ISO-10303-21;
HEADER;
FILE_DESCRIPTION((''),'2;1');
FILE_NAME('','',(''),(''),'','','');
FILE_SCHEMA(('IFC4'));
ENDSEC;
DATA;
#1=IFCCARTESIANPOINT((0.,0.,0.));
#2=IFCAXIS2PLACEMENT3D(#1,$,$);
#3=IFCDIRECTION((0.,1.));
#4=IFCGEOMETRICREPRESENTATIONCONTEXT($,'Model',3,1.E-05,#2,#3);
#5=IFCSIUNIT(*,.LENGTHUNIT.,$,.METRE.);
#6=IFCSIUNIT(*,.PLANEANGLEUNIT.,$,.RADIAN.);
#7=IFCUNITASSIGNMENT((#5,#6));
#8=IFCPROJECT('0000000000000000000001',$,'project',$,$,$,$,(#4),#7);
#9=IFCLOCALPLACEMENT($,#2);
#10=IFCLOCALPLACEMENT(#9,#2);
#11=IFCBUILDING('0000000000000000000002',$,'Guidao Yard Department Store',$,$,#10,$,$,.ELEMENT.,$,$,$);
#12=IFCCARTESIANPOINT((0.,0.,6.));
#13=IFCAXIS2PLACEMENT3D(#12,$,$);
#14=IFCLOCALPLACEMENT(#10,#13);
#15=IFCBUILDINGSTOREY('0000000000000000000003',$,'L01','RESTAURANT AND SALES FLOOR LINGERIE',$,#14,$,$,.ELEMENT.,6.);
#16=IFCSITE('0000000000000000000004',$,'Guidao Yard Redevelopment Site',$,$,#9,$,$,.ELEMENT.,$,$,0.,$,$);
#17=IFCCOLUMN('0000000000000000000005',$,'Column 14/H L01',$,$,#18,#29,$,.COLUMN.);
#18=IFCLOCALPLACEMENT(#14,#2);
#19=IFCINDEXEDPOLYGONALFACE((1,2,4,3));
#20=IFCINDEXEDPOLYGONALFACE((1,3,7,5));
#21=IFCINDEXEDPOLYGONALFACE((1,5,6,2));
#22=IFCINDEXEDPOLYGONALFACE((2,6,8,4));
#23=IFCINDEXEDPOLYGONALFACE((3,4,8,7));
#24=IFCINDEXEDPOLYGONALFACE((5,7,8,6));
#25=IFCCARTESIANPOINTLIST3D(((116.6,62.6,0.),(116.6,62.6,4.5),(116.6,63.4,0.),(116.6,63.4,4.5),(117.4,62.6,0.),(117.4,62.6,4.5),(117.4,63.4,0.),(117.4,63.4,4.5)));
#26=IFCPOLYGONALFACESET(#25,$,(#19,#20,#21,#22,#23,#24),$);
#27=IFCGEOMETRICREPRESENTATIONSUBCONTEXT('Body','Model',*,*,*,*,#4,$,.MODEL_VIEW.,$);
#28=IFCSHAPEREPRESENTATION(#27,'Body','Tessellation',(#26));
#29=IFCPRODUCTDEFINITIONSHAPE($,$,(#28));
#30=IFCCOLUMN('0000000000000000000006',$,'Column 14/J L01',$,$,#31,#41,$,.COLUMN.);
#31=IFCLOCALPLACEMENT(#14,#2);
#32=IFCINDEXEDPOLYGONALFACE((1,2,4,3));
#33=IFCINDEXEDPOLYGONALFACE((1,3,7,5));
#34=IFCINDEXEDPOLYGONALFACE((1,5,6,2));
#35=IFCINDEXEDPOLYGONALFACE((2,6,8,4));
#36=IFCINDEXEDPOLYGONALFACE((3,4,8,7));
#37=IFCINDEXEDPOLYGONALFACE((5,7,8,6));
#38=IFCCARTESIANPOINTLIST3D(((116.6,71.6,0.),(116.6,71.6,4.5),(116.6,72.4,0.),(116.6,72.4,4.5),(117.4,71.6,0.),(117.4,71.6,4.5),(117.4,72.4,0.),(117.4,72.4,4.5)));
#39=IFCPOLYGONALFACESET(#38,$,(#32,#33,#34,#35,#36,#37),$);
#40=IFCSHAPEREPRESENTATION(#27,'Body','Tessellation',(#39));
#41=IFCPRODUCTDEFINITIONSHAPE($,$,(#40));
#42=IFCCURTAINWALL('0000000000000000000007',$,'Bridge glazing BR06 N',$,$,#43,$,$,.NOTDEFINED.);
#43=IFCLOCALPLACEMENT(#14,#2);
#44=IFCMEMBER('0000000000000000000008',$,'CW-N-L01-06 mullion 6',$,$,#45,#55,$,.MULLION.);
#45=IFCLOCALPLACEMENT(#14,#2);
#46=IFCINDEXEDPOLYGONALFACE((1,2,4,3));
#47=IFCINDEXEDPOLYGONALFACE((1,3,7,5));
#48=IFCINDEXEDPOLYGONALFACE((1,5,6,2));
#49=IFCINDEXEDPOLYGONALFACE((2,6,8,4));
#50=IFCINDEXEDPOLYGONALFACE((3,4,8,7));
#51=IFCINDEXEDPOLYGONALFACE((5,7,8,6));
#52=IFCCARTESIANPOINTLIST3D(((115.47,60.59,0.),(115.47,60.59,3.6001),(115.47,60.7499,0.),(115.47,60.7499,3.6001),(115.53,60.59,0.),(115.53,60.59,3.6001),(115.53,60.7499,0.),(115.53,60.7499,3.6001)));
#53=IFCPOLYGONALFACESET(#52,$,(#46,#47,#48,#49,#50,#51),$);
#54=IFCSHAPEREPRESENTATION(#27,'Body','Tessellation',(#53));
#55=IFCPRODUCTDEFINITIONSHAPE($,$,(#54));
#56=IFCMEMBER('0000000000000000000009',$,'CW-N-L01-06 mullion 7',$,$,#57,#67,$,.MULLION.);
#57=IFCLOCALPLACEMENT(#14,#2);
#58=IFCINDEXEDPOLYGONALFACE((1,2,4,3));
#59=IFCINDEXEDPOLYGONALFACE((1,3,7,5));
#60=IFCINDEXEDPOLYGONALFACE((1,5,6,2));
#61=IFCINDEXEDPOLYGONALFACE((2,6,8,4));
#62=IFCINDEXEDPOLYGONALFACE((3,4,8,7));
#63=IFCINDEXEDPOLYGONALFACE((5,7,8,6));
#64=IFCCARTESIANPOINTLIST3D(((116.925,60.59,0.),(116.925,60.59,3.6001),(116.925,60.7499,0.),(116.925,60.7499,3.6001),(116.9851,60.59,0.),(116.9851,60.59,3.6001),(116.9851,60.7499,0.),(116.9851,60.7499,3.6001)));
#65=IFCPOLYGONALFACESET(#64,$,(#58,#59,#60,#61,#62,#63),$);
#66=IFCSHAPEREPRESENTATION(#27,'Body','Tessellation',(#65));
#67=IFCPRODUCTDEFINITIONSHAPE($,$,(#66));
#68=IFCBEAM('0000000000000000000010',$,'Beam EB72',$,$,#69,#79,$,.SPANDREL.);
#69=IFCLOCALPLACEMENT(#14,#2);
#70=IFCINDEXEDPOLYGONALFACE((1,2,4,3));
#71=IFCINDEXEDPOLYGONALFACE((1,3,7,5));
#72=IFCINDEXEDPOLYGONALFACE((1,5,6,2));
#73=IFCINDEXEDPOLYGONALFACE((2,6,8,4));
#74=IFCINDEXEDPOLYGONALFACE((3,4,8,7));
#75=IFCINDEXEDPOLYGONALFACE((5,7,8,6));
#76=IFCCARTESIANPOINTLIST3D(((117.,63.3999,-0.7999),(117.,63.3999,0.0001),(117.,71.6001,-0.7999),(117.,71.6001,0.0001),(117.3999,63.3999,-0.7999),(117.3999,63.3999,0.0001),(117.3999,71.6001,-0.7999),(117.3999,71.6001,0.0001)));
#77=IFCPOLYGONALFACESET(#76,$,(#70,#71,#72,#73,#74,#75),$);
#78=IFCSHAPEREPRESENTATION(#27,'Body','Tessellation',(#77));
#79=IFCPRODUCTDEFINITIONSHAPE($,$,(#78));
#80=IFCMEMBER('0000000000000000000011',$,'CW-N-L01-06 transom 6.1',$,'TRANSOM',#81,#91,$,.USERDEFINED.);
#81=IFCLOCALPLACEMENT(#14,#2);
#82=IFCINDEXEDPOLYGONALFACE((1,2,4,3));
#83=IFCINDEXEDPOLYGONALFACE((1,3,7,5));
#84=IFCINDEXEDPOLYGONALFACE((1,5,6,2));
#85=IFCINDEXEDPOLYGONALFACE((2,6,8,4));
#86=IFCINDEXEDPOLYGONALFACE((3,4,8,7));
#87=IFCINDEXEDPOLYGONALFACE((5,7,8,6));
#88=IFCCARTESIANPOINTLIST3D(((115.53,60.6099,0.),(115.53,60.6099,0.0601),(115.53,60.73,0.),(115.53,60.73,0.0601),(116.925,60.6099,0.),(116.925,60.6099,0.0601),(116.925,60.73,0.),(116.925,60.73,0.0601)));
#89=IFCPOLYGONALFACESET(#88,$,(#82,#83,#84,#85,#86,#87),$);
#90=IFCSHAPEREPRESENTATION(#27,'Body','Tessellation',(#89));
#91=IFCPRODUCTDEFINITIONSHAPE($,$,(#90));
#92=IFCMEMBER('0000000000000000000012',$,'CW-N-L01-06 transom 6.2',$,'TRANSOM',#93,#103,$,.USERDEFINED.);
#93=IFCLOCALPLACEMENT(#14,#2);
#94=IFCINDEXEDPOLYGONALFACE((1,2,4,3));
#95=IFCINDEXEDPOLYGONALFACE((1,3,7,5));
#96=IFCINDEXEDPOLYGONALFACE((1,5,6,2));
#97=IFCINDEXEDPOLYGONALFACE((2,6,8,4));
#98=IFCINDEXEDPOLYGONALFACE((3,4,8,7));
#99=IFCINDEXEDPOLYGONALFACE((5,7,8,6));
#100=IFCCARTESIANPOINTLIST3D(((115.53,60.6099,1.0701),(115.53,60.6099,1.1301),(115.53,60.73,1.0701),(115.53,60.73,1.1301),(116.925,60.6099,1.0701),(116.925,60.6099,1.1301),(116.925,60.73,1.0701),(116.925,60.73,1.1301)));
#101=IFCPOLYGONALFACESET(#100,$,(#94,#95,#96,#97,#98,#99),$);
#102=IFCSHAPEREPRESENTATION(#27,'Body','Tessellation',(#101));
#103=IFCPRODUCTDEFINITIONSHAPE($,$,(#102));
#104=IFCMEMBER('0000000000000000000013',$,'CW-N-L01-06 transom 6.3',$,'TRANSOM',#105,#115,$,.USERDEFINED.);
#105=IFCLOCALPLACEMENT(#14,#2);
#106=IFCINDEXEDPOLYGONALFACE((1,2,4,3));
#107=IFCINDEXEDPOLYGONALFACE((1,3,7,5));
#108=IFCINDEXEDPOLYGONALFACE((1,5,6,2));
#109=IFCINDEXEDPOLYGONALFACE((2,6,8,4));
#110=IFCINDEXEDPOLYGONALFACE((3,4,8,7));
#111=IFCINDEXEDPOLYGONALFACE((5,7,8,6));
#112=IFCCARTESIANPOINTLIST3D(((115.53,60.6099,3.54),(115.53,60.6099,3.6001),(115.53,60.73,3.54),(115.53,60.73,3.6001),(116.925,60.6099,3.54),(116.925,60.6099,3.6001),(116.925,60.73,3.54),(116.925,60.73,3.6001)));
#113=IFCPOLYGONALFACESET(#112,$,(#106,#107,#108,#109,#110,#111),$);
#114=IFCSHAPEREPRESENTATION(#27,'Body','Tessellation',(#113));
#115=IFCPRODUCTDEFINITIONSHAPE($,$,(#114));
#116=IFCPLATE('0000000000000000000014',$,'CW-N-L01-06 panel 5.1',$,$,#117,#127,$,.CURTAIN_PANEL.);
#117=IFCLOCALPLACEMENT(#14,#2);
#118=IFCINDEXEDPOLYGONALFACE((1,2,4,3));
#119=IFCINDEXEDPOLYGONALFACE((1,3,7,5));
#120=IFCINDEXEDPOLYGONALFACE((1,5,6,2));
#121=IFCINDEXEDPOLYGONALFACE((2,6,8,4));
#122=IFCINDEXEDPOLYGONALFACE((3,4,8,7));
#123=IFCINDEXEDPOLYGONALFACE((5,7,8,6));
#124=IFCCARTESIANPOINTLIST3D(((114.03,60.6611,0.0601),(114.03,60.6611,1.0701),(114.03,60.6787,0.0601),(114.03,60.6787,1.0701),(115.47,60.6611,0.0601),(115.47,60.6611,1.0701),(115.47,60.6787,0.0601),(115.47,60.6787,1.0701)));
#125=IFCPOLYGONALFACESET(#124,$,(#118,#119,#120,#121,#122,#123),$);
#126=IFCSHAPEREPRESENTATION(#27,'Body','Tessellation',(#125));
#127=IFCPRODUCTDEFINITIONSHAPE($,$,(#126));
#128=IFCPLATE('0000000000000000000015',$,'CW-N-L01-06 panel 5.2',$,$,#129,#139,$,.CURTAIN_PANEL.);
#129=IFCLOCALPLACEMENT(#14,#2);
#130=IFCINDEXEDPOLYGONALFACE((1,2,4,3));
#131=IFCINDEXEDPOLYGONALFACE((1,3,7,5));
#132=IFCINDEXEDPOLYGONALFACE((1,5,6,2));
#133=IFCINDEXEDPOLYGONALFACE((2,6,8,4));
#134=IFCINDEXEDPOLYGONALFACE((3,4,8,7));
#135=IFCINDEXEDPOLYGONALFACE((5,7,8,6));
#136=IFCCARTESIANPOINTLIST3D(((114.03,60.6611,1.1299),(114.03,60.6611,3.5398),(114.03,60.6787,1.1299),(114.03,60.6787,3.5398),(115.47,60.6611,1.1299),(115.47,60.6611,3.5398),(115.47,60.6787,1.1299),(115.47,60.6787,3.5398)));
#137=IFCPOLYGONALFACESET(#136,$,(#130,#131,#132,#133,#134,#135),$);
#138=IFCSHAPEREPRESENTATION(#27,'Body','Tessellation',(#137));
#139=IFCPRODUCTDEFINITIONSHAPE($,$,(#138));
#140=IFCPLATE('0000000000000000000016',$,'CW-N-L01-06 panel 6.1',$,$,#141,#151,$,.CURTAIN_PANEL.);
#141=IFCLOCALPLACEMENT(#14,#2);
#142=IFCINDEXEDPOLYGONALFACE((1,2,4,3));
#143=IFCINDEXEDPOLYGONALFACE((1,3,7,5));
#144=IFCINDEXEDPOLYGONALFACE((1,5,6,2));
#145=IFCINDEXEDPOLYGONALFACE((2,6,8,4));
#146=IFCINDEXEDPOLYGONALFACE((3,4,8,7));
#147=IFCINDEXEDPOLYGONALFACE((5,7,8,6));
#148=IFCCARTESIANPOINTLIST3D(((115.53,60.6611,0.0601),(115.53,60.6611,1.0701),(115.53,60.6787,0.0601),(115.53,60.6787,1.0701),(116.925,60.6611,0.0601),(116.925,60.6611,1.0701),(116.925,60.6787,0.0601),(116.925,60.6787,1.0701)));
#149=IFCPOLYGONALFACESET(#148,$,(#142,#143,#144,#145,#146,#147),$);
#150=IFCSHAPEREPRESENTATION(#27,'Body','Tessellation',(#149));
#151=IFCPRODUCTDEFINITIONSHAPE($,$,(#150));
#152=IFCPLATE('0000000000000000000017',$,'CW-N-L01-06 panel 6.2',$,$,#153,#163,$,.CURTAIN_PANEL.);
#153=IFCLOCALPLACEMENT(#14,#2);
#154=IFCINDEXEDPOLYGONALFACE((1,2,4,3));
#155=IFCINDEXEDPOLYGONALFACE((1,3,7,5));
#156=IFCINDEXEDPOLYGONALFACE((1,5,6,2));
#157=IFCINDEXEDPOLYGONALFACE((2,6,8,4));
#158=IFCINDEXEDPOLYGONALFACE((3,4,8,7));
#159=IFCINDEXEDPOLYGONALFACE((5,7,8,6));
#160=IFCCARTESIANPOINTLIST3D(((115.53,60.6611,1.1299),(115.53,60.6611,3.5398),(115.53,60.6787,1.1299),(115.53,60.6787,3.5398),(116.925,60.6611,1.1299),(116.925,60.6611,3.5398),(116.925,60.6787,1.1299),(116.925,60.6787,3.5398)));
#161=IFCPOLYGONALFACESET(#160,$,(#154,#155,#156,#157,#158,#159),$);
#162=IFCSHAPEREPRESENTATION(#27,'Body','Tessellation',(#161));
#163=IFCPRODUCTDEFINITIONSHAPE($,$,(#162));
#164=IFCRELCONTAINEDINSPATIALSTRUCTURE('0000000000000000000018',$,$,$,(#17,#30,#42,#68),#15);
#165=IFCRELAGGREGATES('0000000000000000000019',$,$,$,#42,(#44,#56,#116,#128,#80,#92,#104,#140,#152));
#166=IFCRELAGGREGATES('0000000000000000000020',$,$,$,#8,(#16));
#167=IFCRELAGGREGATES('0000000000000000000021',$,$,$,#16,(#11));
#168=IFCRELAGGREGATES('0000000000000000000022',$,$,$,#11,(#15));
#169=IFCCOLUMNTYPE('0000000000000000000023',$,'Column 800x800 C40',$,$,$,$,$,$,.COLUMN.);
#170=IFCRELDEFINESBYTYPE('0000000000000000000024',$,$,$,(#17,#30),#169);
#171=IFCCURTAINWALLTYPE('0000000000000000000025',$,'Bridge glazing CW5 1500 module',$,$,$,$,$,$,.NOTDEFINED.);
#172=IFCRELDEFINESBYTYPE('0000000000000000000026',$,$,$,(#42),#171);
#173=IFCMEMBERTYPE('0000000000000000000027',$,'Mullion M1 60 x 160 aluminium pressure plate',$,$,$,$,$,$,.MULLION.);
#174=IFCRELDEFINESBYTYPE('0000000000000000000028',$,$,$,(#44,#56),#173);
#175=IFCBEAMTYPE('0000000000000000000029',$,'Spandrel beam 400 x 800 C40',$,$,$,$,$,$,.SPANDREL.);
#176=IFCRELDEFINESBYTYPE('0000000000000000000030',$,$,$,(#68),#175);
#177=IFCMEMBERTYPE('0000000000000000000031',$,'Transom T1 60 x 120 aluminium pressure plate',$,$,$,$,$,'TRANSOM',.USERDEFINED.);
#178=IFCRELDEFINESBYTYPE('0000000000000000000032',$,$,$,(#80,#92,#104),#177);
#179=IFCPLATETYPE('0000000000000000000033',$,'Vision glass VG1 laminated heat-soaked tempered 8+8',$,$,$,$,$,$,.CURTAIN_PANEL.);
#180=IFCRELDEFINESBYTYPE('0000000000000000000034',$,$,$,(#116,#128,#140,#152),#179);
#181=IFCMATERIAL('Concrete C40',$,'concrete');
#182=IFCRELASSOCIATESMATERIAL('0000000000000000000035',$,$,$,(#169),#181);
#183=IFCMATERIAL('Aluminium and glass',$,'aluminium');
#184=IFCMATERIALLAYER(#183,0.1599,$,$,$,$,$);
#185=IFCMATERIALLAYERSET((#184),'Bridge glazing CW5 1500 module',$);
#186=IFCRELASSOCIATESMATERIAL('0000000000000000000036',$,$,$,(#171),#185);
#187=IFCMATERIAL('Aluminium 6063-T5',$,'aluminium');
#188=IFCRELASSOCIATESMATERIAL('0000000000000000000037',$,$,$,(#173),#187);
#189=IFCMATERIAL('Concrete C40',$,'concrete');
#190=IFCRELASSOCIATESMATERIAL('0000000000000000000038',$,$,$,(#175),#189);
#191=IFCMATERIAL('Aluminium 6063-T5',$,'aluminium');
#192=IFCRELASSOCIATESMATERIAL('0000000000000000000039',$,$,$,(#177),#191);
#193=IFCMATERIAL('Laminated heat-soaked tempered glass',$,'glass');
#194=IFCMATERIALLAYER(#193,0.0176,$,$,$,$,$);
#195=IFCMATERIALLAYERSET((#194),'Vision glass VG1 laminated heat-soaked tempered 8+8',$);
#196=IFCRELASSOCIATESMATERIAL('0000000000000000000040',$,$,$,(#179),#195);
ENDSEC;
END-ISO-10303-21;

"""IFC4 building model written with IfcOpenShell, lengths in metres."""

from ifc_helpers import new_model, si_unit, direction, frame, origin, origin_2d, place, context, subcontext, project, spatial, rectangle, extrude, material, layer, layer_set, material_profile, profile_set, type_object, element, aggregate, save


model = new_model("IFC4")

# Units and contexts
model_context = context("Model", 3, precision=1e-05, world=origin(), true_north=direction((0.0, 1.0)))
body_context = subcontext(model_context, "Body", "Model", "MODEL_VIEW")
ifc_project = project(units=[si_unit("LENGTHUNIT", "METRE"), si_unit("PLANEANGLEUNIT", "RADIAN")], contexts=[model_context])

# Site, building, storey
site_placement = place(None, origin())
site = spatial("IfcSite", under=ifc_project, at=site_placement, Name="Guidao Yard Redevelopment Site", CompositionType="ELEMENT", RefElevation=0.0)
building_placement = place(site_placement, origin())
building = spatial("IfcBuilding", under=site, at=building_placement, Name="Guidao Yard Department Store", CompositionType="ELEMENT")
storey_placement = place(building_placement, frame((0.0, 0.0, 6.0)))
storey = spatial("IfcBuildingStorey", under=building, at=storey_placement, Name="L01", Description="RESTAURANT AND SALES FLOOR LINGERIE", CompositionType="ELEMENT", Elevation=6.0)

# Columns
ifc_material_1 = material(Name="Concrete C40", Category="concrete")
ifc_material_profile_1 = material_profile(ifc_material_1, rectangle(XDim=0.8, YDim=0.8, at=origin_2d()), Name="COL 800x800")
ifc_profile_set_1 = profile_set([ifc_material_profile_1], Name="Concrete C40")
column_type = type_object("IfcColumnType", Name="Column 800x800 C40", PredefinedType="COLUMN", material=ifc_profile_set_1)
for number, where, z_axis, x_axis, name in (
    (1, (117.0, 63.0, 0.0), (0.0, 0.0, 1.0), (1.0, 0.0, 0.0), "Column 14/H L01"),
    (2, (117.0, 72.0, 0.0), (0.0, 0.0, 1.0), (1.0, 0.0, 0.0), "Column 14/J L01"),
):
    element("IfcColumn", number, at=place(storey_placement, frame(where, z_axis=z_axis, x_axis=x_axis)), inside=storey, type_object=column_type, Name=name, PredefinedType="COLUMN", context=body_context, shape_type="SweptSolid", body=[
        extrude(rectangle(XDim=0.8, YDim=0.8, at=origin_2d()), origin(), (0.0, 0.0, 1.0), 4.5),
    ])

# Curtain wall, members
ifc_material_2 = material(Name="Aluminium and glass", Category="aluminium")
ifc_layer_1 = layer(ifc_material_2, 0.1599)
ifc_layer_set_1 = layer_set([ifc_layer_1], Name="Bridge glazing CW5 1500 module")
curtain_wall_type = type_object("IfcCurtainWallType", Name="Bridge glazing CW5 1500 module", PredefinedType="NOTDEFINED", material=ifc_layer_set_1)
curtain_wall_placement = place(storey_placement, origin())
curtain_wall = element("IfcCurtainWall", 3, at=curtain_wall_placement, inside=storey, type_object=curtain_wall_type, Name="Bridge glazing BR06 N", PredefinedType="NOTDEFINED")
ifc_material_3 = material(Name="Aluminium 6063-T5", Category="aluminium")
ifc_material_profile_2 = material_profile(ifc_material_3, rectangle(XDim=0.0601, YDim=0.1599, at=origin_2d()), Name="Mullion M1 60 x 160 aluminium pressure plate")
ifc_profile_set_2 = profile_set([ifc_material_profile_2], Name="Aluminium 6063-T5")
member_type_1 = type_object("IfcMemberType", Name="Mullion M1 60 x 160 aluminium pressure plate", PredefinedType="MULLION", material=ifc_profile_set_2)
member_1_placement = place(storey_placement, frame((115.5, 60.6699, 0.0), z_axis=(0.0, 0.0, 1.0), x_axis=(1.0, 0.0, 0.0)))
member_1 = element("IfcMember", 4, at=member_1_placement, type_object=member_type_1, Name="CW-N-L01-06 mullion 6", PredefinedType="MULLION", context=body_context, shape_type="SweptSolid", body=[
    extrude(rectangle(XDim=0.0601, YDim=0.1599, at=origin_2d()), origin(), (0.0, 0.0, 1.0), 3.6001),
])
member_2_placement = place(storey_placement, frame((116.9551, 60.6699, 0.0), z_axis=(0.0, 0.0, 1.0), x_axis=(1.0, 0.0, 0.0)))
member_2 = element("IfcMember", 5, at=member_2_placement, type_object=member_type_1, Name="CW-N-L01-06 mullion 7", PredefinedType="MULLION", context=body_context, shape_type="SweptSolid", body=[
    extrude(rectangle(XDim=0.0601, YDim=0.1599, at=origin_2d()), origin(), (0.0, 0.0, 1.0), 3.6001),
])

# Beam
ifc_material_4 = material(Name="Concrete C40", Category="concrete")
ifc_material_profile_3 = material_profile(ifc_material_4, rectangle(XDim=0.3999, YDim=0.8, at=origin_2d()), Name="Spandrel beam 400 x 800 C40")
ifc_profile_set_3 = profile_set([ifc_material_profile_3], Name="Concrete C40")
beam_type = type_object("IfcBeamType", Name="Spandrel beam 400 x 800 C40", PredefinedType="SPANDREL", material=ifc_profile_set_3)
beam_placement = place(storey_placement, frame((117.2, 63.3999, -0.3999), z_axis=(0.0, 1.0, 0.0), x_axis=(-1.0, 0.0, 0.0)))
element("IfcBeam", 6, at=beam_placement, inside=storey, type_object=beam_type, Name="Beam EB72", PredefinedType="SPANDREL", context=body_context, shape_type="SweptSolid", body=[
    extrude(rectangle(XDim=0.3999, YDim=0.8, at=origin_2d()), origin(), (0.0, 0.0, 1.0), 8.2002),
])

# Members
ifc_material_5 = material(Name="Aluminium 6063-T5", Category="aluminium")
ifc_material_profile_4 = material_profile(ifc_material_5, rectangle(XDim=0.1201, YDim=0.0601, at=origin_2d()), Name="Transom T1 60 x 120 aluminium pressure plate")
ifc_profile_set_4 = profile_set([ifc_material_profile_4], Name="Aluminium 6063-T5")
member_type_2 = type_object("IfcMemberType", Name="Transom T1 60 x 120 aluminium pressure plate", ElementType="TRANSOM", PredefinedType="USERDEFINED", material=ifc_profile_set_4)
member_3_placement = place(storey_placement, frame((115.53, 60.6699, 0.03), z_axis=(1.0, 0.0, 0.0), x_axis=(0.0, 1.0, 0.0)))
member_3 = element("IfcMember", 7, at=member_3_placement, type_object=member_type_2, Name="CW-N-L01-06 transom 6.1", ObjectType="TRANSOM", PredefinedType="USERDEFINED", context=body_context, shape_type="SweptSolid", body=[
    extrude(rectangle(XDim=0.1201, YDim=0.0601, at=origin_2d()), origin(), (0.0, 0.0, 1.0), 1.395),
])
member_4_placement = place(storey_placement, frame((115.53, 60.6699, 1.1001), z_axis=(1.0, 0.0, 0.0), x_axis=(0.0, 1.0, 0.0)))
member_4 = element("IfcMember", 8, at=member_4_placement, type_object=member_type_2, Name="CW-N-L01-06 transom 6.2", ObjectType="TRANSOM", PredefinedType="USERDEFINED", context=body_context, shape_type="SweptSolid", body=[
    extrude(rectangle(XDim=0.1201, YDim=0.0601, at=origin_2d()), origin(), (0.0, 0.0, 1.0), 1.395),
])
member_5_placement = place(storey_placement, frame((115.53, 60.6699, 3.5701), z_axis=(1.0, 0.0, 0.0), x_axis=(0.0, 1.0, 0.0)))
member_5 = element("IfcMember", 9, at=member_5_placement, type_object=member_type_2, Name="CW-N-L01-06 transom 6.3", ObjectType="TRANSOM", PredefinedType="USERDEFINED", context=body_context, shape_type="SweptSolid", body=[
    extrude(rectangle(XDim=0.1201, YDim=0.0601, at=origin_2d()), origin(), (0.0, 0.0, 1.0), 1.395),
])

# Plates
ifc_material_6 = material(Name="Laminated heat-soaked tempered glass", Category="glass")
ifc_layer_2 = layer(ifc_material_6, 0.0176)
ifc_layer_set_2 = layer_set([ifc_layer_2], Name="Vision glass VG1 laminated heat-soaked tempered 8+8")
plate_type = type_object("IfcPlateType", Name="Vision glass VG1 laminated heat-soaked tempered 8+8", PredefinedType="CURTAIN_PANEL", material=ifc_layer_set_2)
plate_1_placement = place(storey_placement, frame((114.75, 60.6699, 0.0601), z_axis=(0.0, 0.0, 1.0), x_axis=(1.0, 0.0, 0.0)))
plate_1 = element("IfcPlate", 10, at=plate_1_placement, type_object=plate_type, Name="CW-N-L01-06 panel 5.1", PredefinedType="CURTAIN_PANEL", context=body_context, shape_type="SweptSolid", body=[
    extrude(rectangle(XDim=1.4399, YDim=0.0176, at=origin_2d()), origin(), (0.0, 0.0, 1.0), 1.01),
])
plate_2_placement = place(storey_placement, frame((114.75, 60.6699, 1.1299), z_axis=(0.0, 0.0, 1.0), x_axis=(1.0, 0.0, 0.0)))
plate_2 = element("IfcPlate", 11, at=plate_2_placement, type_object=plate_type, Name="CW-N-L01-06 panel 5.2", PredefinedType="CURTAIN_PANEL", context=body_context, shape_type="SweptSolid", body=[
    extrude(rectangle(XDim=1.4399, YDim=0.0176, at=origin_2d()), origin(), (0.0, 0.0, 1.0), 2.4099),
])
plate_3_placement = place(storey_placement, frame((116.2275, 60.6699, 0.0601), z_axis=(0.0, 0.0, 1.0), x_axis=(1.0, 0.0, 0.0)))
plate_3 = element("IfcPlate", 12, at=plate_3_placement, type_object=plate_type, Name="CW-N-L01-06 panel 6.1", PredefinedType="CURTAIN_PANEL", context=body_context, shape_type="SweptSolid", body=[
    extrude(rectangle(XDim=1.395, YDim=0.0176, at=origin_2d()), origin(), (0.0, 0.0, 1.0), 1.01),
])
plate_4_placement = place(storey_placement, frame((116.2275, 60.6699, 1.1299), z_axis=(0.0, 0.0, 1.0), x_axis=(1.0, 0.0, 0.0)))
plate_4 = element("IfcPlate", 13, at=plate_4_placement, type_object=plate_type, Name="CW-N-L01-06 panel 6.2", PredefinedType="CURTAIN_PANEL", context=body_context, shape_type="SweptSolid", body=[
    extrude(rectangle(XDim=1.395, YDim=0.0176, at=origin_2d()), origin(), (0.0, 0.0, 1.0), 2.4099),
])
aggregate(curtain_wall, [member_1, member_2, plate_1, plate_2, member_3, member_4, member_5, plate_3, plate_4])

save(model, "model.ifc")
